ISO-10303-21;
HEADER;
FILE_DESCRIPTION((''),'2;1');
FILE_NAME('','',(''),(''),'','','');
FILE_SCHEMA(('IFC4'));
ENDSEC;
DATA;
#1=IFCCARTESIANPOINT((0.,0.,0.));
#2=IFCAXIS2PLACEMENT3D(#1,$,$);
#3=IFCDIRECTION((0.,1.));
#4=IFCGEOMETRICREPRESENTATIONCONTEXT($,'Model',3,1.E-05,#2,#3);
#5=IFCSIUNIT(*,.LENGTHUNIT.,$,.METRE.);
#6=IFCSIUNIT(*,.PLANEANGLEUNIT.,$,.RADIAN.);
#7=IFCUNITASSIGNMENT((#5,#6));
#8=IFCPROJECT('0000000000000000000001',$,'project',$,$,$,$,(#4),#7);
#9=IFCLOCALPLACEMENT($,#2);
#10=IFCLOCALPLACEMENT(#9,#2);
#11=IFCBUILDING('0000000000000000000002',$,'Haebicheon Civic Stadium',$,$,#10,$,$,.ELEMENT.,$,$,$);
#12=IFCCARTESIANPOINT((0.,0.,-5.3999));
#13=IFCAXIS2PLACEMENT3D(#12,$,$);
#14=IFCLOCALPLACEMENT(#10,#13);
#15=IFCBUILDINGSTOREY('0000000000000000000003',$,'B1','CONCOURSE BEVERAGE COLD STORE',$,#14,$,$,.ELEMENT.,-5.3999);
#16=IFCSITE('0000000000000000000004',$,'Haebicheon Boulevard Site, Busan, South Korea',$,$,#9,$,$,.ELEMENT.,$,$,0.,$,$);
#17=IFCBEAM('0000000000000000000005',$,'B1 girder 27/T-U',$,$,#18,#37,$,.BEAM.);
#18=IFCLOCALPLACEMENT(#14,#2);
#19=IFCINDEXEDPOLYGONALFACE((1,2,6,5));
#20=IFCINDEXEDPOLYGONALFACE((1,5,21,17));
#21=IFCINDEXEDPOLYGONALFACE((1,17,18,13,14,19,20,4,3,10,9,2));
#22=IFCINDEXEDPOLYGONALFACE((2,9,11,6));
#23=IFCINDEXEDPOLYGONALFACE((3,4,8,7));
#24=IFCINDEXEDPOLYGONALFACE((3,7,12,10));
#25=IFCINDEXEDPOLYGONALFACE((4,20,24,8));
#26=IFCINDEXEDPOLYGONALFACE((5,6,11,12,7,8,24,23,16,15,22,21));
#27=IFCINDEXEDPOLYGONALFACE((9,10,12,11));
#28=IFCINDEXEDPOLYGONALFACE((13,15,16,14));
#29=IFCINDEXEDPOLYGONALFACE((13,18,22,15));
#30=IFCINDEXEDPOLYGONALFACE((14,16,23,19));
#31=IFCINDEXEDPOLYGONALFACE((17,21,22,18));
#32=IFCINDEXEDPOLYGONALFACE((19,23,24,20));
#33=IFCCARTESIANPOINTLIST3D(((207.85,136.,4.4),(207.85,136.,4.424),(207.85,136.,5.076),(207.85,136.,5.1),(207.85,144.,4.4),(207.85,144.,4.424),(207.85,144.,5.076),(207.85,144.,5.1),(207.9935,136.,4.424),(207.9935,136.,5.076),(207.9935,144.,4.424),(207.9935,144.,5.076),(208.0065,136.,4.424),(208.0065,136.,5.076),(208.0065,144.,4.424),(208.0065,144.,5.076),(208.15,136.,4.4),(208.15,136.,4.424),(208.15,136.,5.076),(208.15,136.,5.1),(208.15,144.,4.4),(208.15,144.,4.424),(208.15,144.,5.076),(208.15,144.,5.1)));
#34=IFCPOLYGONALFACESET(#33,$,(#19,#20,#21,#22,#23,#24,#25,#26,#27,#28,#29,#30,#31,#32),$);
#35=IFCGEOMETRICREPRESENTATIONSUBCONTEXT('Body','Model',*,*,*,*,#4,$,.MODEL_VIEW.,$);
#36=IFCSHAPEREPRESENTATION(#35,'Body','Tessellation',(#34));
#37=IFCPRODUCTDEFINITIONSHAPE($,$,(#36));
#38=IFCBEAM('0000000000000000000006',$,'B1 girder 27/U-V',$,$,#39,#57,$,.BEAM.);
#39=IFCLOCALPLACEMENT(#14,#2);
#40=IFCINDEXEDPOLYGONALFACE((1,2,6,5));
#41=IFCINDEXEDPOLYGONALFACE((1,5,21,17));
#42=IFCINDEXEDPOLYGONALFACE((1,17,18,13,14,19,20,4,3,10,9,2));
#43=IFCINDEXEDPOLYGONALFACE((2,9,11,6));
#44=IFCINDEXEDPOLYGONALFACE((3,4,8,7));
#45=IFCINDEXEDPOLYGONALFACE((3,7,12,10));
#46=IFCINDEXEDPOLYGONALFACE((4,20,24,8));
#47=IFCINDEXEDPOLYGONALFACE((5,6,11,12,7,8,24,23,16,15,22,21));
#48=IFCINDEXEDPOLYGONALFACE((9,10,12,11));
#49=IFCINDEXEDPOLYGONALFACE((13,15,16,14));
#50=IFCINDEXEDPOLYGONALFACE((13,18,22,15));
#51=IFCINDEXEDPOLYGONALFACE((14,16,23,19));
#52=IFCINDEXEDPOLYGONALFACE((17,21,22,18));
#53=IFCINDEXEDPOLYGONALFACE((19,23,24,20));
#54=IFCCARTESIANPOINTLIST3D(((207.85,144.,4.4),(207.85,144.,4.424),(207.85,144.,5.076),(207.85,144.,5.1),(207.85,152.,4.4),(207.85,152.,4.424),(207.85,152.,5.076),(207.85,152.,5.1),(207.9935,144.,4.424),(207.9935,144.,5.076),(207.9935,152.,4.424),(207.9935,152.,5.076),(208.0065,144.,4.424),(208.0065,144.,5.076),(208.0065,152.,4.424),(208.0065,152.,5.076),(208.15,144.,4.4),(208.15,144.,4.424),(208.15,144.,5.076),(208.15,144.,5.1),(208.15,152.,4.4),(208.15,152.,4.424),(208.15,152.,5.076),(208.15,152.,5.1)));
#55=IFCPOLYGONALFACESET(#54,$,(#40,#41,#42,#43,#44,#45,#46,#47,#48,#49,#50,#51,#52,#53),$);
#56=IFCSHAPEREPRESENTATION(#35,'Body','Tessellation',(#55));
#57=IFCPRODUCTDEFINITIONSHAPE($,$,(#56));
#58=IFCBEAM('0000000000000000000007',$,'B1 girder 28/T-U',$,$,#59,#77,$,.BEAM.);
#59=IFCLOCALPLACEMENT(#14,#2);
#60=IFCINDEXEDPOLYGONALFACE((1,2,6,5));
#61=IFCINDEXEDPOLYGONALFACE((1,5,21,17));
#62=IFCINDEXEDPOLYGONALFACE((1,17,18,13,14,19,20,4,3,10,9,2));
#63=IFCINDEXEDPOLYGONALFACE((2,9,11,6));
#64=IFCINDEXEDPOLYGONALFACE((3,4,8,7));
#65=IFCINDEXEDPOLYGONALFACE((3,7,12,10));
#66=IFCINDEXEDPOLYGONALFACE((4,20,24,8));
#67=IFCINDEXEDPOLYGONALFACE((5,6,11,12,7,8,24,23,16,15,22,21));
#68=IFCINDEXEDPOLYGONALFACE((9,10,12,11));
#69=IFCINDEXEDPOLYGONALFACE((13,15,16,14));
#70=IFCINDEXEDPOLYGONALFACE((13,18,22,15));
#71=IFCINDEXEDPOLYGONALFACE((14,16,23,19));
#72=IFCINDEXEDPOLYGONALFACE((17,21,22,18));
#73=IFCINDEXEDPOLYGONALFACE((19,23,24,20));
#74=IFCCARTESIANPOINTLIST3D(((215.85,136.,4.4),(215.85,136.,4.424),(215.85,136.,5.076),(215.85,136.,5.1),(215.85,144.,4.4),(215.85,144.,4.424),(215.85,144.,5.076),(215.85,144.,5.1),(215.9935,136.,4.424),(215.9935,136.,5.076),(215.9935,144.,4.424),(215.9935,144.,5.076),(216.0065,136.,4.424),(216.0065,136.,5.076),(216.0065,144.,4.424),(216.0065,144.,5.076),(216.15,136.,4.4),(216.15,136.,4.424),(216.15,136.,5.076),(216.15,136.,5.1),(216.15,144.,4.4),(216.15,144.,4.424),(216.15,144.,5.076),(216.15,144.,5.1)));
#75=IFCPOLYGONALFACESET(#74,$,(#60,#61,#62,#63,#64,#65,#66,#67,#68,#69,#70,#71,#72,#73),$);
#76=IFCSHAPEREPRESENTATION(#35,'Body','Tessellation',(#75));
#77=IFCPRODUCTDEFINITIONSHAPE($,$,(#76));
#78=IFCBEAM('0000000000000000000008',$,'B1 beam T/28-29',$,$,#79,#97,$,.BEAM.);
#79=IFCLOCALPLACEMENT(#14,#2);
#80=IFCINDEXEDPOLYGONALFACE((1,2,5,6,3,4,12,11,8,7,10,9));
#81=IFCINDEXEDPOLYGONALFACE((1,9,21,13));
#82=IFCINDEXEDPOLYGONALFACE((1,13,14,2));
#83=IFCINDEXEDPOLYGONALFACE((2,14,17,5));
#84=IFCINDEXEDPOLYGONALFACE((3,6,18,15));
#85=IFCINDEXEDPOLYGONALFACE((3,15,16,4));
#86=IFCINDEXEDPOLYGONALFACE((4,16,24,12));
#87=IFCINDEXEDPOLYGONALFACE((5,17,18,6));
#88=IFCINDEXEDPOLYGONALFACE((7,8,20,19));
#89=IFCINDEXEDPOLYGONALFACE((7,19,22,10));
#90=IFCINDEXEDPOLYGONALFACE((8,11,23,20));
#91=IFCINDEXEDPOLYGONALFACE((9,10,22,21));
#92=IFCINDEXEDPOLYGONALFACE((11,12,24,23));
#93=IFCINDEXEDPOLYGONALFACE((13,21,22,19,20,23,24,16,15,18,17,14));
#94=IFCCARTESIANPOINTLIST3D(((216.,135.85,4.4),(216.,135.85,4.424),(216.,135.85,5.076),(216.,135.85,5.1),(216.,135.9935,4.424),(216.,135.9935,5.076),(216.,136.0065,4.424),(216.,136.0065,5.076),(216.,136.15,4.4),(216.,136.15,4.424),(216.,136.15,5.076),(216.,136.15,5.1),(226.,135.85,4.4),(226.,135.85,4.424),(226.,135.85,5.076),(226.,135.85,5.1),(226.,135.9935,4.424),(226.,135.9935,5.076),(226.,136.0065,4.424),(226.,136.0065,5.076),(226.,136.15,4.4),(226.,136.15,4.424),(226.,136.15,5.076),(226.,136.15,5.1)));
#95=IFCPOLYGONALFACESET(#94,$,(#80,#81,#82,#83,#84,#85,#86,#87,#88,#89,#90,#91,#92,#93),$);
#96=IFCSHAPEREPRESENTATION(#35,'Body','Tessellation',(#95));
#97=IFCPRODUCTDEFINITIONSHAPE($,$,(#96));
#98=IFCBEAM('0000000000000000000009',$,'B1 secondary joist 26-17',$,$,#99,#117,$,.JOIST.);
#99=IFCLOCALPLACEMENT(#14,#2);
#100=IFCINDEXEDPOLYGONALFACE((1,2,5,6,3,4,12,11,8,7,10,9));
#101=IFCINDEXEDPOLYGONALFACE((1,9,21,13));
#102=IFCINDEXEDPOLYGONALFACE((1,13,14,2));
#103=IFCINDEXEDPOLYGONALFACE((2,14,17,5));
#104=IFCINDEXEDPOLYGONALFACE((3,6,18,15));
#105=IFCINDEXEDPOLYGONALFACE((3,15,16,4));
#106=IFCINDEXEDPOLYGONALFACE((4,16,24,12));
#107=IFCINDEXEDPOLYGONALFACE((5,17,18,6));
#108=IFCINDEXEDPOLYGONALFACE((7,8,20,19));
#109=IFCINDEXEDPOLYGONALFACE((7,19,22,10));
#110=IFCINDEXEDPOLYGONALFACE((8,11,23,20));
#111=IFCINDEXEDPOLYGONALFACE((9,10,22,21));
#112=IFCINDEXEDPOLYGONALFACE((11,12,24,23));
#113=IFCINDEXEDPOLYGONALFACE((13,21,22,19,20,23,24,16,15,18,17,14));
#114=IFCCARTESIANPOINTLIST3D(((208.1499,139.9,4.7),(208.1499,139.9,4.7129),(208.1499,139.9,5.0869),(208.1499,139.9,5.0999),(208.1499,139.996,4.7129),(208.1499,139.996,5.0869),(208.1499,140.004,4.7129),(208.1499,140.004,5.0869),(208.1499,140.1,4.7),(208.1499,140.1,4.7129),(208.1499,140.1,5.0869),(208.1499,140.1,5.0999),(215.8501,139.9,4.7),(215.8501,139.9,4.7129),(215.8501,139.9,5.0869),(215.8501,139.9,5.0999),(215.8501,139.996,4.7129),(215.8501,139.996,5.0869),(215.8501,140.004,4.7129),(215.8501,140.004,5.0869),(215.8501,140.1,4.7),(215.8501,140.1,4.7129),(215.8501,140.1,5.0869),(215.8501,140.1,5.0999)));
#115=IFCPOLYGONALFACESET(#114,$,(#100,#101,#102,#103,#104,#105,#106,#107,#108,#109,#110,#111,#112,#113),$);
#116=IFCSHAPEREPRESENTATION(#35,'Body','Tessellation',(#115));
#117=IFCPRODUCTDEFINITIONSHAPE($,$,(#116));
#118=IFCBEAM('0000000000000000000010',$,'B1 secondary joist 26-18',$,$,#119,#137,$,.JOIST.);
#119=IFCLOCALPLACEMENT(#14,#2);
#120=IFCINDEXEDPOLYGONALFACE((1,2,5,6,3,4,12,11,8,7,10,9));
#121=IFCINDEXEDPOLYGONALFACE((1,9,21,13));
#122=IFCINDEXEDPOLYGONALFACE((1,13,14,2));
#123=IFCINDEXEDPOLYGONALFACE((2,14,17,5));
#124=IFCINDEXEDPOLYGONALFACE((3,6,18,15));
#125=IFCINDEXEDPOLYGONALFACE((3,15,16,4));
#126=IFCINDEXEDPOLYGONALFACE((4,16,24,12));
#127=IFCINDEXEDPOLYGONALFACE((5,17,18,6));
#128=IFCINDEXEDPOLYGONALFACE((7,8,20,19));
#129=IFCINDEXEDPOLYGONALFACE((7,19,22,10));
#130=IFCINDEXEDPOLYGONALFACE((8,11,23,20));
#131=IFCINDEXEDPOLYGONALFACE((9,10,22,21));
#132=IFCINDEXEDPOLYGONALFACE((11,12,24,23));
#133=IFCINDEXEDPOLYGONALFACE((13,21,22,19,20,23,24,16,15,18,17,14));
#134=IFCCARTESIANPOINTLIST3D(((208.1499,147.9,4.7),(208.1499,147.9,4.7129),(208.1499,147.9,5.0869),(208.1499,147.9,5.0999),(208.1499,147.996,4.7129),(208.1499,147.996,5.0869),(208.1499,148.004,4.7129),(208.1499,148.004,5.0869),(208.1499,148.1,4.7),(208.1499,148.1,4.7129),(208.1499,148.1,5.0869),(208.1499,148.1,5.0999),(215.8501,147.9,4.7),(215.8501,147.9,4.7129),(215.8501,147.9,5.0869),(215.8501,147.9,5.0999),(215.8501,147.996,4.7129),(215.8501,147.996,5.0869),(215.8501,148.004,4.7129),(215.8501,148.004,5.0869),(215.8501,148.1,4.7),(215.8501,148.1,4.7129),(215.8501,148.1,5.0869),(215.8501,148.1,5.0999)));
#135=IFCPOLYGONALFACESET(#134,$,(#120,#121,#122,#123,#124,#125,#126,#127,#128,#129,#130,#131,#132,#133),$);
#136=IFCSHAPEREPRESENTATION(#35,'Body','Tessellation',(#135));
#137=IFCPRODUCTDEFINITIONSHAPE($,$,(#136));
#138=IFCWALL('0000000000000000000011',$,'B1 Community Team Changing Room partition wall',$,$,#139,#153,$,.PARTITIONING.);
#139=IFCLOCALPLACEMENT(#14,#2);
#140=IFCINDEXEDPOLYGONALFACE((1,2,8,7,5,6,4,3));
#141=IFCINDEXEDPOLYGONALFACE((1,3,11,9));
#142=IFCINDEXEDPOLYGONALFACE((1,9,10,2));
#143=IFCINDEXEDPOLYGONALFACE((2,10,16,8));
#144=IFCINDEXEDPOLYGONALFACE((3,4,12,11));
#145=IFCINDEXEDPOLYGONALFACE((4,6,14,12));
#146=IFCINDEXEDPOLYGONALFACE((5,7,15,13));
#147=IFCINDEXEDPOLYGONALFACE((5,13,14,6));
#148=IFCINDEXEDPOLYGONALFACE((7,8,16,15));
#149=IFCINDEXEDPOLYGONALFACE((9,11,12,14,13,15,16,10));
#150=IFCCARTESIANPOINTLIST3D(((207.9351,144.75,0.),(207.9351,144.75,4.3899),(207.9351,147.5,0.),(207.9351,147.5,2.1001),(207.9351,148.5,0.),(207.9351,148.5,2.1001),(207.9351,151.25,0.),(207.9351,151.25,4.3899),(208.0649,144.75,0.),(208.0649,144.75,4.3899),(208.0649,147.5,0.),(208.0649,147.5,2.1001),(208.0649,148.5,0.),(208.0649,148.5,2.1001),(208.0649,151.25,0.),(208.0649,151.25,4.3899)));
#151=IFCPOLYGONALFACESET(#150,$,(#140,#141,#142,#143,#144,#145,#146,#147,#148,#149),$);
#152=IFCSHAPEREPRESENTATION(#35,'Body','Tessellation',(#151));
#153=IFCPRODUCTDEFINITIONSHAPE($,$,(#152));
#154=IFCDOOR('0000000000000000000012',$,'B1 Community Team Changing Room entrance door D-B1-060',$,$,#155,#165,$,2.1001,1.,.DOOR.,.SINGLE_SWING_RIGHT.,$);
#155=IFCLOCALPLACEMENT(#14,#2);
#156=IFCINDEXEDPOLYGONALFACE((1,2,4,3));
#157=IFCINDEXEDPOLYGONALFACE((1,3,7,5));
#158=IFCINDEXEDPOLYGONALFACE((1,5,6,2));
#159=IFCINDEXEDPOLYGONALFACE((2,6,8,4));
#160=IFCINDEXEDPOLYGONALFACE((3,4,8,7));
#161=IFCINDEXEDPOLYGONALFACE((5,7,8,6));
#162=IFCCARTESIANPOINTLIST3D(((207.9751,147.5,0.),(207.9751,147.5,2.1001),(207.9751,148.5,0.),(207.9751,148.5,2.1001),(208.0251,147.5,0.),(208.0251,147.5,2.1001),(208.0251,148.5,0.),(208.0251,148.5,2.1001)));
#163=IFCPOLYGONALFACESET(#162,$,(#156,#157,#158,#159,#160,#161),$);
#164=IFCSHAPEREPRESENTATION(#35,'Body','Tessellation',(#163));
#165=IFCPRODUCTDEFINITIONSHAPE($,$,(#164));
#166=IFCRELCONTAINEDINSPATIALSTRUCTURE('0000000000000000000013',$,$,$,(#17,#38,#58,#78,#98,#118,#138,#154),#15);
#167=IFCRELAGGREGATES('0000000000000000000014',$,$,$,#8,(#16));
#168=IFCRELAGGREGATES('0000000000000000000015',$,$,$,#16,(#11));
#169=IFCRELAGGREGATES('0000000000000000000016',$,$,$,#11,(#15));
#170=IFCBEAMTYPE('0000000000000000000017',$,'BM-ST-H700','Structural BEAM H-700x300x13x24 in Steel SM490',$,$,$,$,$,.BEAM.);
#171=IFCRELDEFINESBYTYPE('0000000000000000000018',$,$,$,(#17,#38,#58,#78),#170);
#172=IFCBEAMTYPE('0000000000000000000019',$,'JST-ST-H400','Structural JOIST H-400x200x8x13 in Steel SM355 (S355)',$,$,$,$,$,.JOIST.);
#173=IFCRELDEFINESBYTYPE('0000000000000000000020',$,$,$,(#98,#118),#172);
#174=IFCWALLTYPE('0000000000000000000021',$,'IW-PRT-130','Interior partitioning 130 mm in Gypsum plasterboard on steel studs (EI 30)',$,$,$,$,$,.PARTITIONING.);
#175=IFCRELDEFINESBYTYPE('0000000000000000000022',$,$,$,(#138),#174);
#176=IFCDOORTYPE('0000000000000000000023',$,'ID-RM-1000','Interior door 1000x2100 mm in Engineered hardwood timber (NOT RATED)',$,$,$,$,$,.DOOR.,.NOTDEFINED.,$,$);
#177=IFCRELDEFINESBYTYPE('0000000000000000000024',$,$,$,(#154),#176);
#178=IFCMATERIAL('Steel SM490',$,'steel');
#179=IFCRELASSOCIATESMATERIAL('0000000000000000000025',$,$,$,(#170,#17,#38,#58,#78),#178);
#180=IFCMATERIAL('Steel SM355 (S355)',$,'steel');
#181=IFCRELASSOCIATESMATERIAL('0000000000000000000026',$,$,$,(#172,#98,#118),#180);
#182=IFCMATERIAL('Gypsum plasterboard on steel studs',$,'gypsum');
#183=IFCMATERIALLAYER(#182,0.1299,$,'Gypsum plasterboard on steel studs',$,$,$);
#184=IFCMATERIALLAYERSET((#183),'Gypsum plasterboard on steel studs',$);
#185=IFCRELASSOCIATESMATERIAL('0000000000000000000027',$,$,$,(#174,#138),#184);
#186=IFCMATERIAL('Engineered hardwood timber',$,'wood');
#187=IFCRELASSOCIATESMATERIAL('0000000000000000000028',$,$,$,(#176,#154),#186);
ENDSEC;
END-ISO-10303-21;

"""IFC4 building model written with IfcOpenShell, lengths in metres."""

from ifc_helpers import new_model, si_unit, direction, frame, frame_2d, origin, origin_2d, place, context, subcontext, project, spatial, rectangle, i_section, extrude, material, layer, layer_set, material_profile, profile_set, type_object, element, fill, save


model = new_model("IFC4")

# Units and contexts
model_context = context("Model", 3, precision=1e-05, world=origin(), true_north=direction((0.0, 1.0)))
body_context = subcontext(model_context, "Body", "Model", "MODEL_VIEW")
ifc_project = project(units=[si_unit("LENGTHUNIT", "METRE"), si_unit("PLANEANGLEUNIT", "RADIAN")], contexts=[model_context])

# Site, building, storey
site_placement = place(None, origin())
site = spatial("IfcSite", under=ifc_project, at=site_placement, Name="Haebicheon Boulevard Site, Busan, South Korea", CompositionType="ELEMENT", RefElevation=0.0)
building_placement = place(site_placement, origin())
building = spatial("IfcBuilding", under=site, at=building_placement, Name="Haebicheon Civic Stadium", CompositionType="ELEMENT")
storey_placement = place(building_placement, frame((0.0, 0.0, -5.3999)))
storey = spatial("IfcBuildingStorey", under=building, at=storey_placement, Name="B1", Description="CONCOURSE BEVERAGE COLD STORE", CompositionType="ELEMENT", Elevation=-5.3999)

# Beams
ifc_material_1 = material(Name="Steel SM490", Category="steel")
ifc_material_profile_1 = material_profile(ifc_material_1, i_section(OverallWidth=0.3, OverallDepth=0.7, WebThickness=0.0129, FlangeThickness=0.0239, at=origin_2d()), Name="H-700x300x13x24")
ifc_profile_set_1 = profile_set([ifc_material_profile_1], Name="Steel SM490")
beam_type_1 = type_object("IfcBeamType", Name="BM-ST-H700", Description="Structural BEAM H-700x300x13x24 in Steel SM490", PredefinedType="BEAM", material=ifc_profile_set_1)
for number, where, z_axis, x_axis, name in (
    (1, (208.0, 136.0, 4.75), (0.0, 1.0, 0.0), (-1.0, 0.0, 0.0), "B1 girder 27/T-U"),
    (2, (208.0, 144.0, 4.75), (0.0, 1.0, 0.0), (-1.0, 0.0, 0.0), "B1 girder 27/U-V"),
    (3, (216.0, 136.0, 4.75), (0.0, 1.0, 0.0), (-1.0, 0.0, 0.0), "B1 girder 28/T-U"),
):
    element("IfcBeam", number, at=place(storey_placement, frame(where, z_axis=z_axis, x_axis=x_axis)), inside=storey, type_object=beam_type_1, material=ifc_profile_set_1, Name=name, PredefinedType="BEAM", context=body_context, shape_type="SweptSolid", body=[
        extrude(i_section(OverallWidth=0.3, OverallDepth=0.7, WebThickness=0.0129, FlangeThickness=0.0239, at=origin_2d()), origin(), (0.0, 0.0, 1.0), 8.0),
    ])
beam_placement = place(storey_placement, frame((216.0, 136.0, 4.75), z_axis=(1.0, 0.0, 0.0), x_axis=(0.0, 1.0, 0.0)))
element("IfcBeam", 4, at=beam_placement, inside=storey, type_object=beam_type_1, material=ifc_profile_set_1, Name="B1 beam T/28-29", PredefinedType="BEAM", context=body_context, shape_type="SweptSolid", body=[
    extrude(i_section(OverallWidth=0.3, OverallDepth=0.7, WebThickness=0.0129, FlangeThickness=0.0239, at=origin_2d()), origin(), (0.0, 0.0, 1.0), 10.0),
])
ifc_material_2 = material(Name="Steel SM355 (S355)", Category="steel")
ifc_material_profile_2 = material_profile(ifc_material_2, i_section(OverallWidth=0.2, OverallDepth=0.3999, WebThickness=0.0081, FlangeThickness=0.0129, at=origin_2d()), Name="H-400x200x8x13")
ifc_profile_set_2 = profile_set([ifc_material_profile_2], Name="Steel SM355 (S355)")
beam_type_2 = type_object("IfcBeamType", Name="JST-ST-H400", Description="Structural JOIST H-400x200x8x13 in Steel SM355 (S355)", PredefinedType="JOIST", material=ifc_profile_set_2)
for number, where, z_axis, x_axis, name in (
    (5, (208.1499, 140.0, 4.8999), (1.0, 0.0, 0.0), (0.0, 1.0, 0.0), "B1 secondary joist 26-17"),
    (6, (208.1499, 148.0, 4.8999), (1.0, 0.0, 0.0), (0.0, 1.0, 0.0), "B1 secondary joist 26-18"),
):
    element("IfcBeam", number, at=place(storey_placement, frame(where, z_axis=z_axis, x_axis=x_axis)), inside=storey, type_object=beam_type_2, material=ifc_profile_set_2, Name=name, PredefinedType="JOIST", context=body_context, shape_type="SweptSolid", body=[
        extrude(i_section(OverallWidth=0.2, OverallDepth=0.3999, WebThickness=0.0081, FlangeThickness=0.0129, at=origin_2d()), origin(), (0.0, 0.0, 1.0), 7.7002),
    ])

# Wall, opening, door
ifc_material_3 = material(Name="Gypsum plasterboard on steel studs", Category="gypsum")
ifc_layer_1 = layer(ifc_material_3, 0.1299, Name="Gypsum plasterboard on steel studs")
ifc_layer_set_1 = layer_set([ifc_layer_1], Name="Gypsum plasterboard on steel studs")
wall_type = type_object("IfcWallType", Name="IW-PRT-130", Description="Interior partitioning 130 mm in Gypsum plasterboard on steel studs (EI 30)", PredefinedType="PARTITIONING", material=ifc_layer_set_1)
wall_placement = place(storey_placement, frame((208.0, 144.75, 0.0), z_axis=(0.0, 0.0, 1.0), x_axis=(0.0, 1.0, 0.0)))
wall = element("IfcWall", 7, at=wall_placement, inside=storey, type_object=wall_type, material=ifc_layer_set_1, Name="B1 Community Team Changing Room partition wall", PredefinedType="PARTITIONING", context=body_context, shape_type="SweptSolid", body=[
    extrude(rectangle(XDim=6.5, YDim=0.1299, at=frame_2d((3.25, 0.0))), origin(), (0.0, 0.0, 1.0), 4.3899),
])
opening_placement = place(wall_placement, frame((2.75, 0.0, 0.0)))
opening = element("IfcOpeningElement", 8, at=opening_placement, cuts=wall, PredefinedType="OPENING", context=body_context, shape_type="SweptSolid", body=[
    extrude(rectangle(XDim=1.0, YDim=2.1001, at=frame_2d((0.5, 1.05))), frame((0.0, 0.075, 0.0), z_axis=(0.0, -1.0, 0.0), x_axis=(1.0, 0.0, 0.0)), (0.0, 0.0, 1.0), 0.1499),
])
ifc_material_4 = material(Name="Engineered hardwood timber", Category="wood")
door_type = type_object("IfcDoorType", Name="ID-RM-1000", Description="Interior door 1000x2100 mm in Engineered hardwood timber (NOT RATED)", OperationType="NOTDEFINED", PredefinedType="DOOR", material=ifc_material_4)
door_placement = place(opening_placement, origin())
door = element("IfcDoor", 9, at=door_placement, inside=storey, type_object=door_type, material=ifc_material_4, Name="B1 Community Team Changing Room entrance door D-B1-060", OperationType="SINGLE_SWING_RIGHT", OverallHeight=2.1001, OverallWidth=1.0, PredefinedType="DOOR", context=body_context, shape_type="SweptSolid", body=[
    extrude(rectangle(XDim=1.0, YDim=2.1001, at=frame_2d((0.5, 1.05))), frame((0.0, 0.0249, 0.0), z_axis=(0.0, -1.0, 0.0), x_axis=(1.0, 0.0, 0.0)), (0.0, 0.0, 1.0), 0.05),
])
fill(opening, door)

save(model, "model.ifc")
